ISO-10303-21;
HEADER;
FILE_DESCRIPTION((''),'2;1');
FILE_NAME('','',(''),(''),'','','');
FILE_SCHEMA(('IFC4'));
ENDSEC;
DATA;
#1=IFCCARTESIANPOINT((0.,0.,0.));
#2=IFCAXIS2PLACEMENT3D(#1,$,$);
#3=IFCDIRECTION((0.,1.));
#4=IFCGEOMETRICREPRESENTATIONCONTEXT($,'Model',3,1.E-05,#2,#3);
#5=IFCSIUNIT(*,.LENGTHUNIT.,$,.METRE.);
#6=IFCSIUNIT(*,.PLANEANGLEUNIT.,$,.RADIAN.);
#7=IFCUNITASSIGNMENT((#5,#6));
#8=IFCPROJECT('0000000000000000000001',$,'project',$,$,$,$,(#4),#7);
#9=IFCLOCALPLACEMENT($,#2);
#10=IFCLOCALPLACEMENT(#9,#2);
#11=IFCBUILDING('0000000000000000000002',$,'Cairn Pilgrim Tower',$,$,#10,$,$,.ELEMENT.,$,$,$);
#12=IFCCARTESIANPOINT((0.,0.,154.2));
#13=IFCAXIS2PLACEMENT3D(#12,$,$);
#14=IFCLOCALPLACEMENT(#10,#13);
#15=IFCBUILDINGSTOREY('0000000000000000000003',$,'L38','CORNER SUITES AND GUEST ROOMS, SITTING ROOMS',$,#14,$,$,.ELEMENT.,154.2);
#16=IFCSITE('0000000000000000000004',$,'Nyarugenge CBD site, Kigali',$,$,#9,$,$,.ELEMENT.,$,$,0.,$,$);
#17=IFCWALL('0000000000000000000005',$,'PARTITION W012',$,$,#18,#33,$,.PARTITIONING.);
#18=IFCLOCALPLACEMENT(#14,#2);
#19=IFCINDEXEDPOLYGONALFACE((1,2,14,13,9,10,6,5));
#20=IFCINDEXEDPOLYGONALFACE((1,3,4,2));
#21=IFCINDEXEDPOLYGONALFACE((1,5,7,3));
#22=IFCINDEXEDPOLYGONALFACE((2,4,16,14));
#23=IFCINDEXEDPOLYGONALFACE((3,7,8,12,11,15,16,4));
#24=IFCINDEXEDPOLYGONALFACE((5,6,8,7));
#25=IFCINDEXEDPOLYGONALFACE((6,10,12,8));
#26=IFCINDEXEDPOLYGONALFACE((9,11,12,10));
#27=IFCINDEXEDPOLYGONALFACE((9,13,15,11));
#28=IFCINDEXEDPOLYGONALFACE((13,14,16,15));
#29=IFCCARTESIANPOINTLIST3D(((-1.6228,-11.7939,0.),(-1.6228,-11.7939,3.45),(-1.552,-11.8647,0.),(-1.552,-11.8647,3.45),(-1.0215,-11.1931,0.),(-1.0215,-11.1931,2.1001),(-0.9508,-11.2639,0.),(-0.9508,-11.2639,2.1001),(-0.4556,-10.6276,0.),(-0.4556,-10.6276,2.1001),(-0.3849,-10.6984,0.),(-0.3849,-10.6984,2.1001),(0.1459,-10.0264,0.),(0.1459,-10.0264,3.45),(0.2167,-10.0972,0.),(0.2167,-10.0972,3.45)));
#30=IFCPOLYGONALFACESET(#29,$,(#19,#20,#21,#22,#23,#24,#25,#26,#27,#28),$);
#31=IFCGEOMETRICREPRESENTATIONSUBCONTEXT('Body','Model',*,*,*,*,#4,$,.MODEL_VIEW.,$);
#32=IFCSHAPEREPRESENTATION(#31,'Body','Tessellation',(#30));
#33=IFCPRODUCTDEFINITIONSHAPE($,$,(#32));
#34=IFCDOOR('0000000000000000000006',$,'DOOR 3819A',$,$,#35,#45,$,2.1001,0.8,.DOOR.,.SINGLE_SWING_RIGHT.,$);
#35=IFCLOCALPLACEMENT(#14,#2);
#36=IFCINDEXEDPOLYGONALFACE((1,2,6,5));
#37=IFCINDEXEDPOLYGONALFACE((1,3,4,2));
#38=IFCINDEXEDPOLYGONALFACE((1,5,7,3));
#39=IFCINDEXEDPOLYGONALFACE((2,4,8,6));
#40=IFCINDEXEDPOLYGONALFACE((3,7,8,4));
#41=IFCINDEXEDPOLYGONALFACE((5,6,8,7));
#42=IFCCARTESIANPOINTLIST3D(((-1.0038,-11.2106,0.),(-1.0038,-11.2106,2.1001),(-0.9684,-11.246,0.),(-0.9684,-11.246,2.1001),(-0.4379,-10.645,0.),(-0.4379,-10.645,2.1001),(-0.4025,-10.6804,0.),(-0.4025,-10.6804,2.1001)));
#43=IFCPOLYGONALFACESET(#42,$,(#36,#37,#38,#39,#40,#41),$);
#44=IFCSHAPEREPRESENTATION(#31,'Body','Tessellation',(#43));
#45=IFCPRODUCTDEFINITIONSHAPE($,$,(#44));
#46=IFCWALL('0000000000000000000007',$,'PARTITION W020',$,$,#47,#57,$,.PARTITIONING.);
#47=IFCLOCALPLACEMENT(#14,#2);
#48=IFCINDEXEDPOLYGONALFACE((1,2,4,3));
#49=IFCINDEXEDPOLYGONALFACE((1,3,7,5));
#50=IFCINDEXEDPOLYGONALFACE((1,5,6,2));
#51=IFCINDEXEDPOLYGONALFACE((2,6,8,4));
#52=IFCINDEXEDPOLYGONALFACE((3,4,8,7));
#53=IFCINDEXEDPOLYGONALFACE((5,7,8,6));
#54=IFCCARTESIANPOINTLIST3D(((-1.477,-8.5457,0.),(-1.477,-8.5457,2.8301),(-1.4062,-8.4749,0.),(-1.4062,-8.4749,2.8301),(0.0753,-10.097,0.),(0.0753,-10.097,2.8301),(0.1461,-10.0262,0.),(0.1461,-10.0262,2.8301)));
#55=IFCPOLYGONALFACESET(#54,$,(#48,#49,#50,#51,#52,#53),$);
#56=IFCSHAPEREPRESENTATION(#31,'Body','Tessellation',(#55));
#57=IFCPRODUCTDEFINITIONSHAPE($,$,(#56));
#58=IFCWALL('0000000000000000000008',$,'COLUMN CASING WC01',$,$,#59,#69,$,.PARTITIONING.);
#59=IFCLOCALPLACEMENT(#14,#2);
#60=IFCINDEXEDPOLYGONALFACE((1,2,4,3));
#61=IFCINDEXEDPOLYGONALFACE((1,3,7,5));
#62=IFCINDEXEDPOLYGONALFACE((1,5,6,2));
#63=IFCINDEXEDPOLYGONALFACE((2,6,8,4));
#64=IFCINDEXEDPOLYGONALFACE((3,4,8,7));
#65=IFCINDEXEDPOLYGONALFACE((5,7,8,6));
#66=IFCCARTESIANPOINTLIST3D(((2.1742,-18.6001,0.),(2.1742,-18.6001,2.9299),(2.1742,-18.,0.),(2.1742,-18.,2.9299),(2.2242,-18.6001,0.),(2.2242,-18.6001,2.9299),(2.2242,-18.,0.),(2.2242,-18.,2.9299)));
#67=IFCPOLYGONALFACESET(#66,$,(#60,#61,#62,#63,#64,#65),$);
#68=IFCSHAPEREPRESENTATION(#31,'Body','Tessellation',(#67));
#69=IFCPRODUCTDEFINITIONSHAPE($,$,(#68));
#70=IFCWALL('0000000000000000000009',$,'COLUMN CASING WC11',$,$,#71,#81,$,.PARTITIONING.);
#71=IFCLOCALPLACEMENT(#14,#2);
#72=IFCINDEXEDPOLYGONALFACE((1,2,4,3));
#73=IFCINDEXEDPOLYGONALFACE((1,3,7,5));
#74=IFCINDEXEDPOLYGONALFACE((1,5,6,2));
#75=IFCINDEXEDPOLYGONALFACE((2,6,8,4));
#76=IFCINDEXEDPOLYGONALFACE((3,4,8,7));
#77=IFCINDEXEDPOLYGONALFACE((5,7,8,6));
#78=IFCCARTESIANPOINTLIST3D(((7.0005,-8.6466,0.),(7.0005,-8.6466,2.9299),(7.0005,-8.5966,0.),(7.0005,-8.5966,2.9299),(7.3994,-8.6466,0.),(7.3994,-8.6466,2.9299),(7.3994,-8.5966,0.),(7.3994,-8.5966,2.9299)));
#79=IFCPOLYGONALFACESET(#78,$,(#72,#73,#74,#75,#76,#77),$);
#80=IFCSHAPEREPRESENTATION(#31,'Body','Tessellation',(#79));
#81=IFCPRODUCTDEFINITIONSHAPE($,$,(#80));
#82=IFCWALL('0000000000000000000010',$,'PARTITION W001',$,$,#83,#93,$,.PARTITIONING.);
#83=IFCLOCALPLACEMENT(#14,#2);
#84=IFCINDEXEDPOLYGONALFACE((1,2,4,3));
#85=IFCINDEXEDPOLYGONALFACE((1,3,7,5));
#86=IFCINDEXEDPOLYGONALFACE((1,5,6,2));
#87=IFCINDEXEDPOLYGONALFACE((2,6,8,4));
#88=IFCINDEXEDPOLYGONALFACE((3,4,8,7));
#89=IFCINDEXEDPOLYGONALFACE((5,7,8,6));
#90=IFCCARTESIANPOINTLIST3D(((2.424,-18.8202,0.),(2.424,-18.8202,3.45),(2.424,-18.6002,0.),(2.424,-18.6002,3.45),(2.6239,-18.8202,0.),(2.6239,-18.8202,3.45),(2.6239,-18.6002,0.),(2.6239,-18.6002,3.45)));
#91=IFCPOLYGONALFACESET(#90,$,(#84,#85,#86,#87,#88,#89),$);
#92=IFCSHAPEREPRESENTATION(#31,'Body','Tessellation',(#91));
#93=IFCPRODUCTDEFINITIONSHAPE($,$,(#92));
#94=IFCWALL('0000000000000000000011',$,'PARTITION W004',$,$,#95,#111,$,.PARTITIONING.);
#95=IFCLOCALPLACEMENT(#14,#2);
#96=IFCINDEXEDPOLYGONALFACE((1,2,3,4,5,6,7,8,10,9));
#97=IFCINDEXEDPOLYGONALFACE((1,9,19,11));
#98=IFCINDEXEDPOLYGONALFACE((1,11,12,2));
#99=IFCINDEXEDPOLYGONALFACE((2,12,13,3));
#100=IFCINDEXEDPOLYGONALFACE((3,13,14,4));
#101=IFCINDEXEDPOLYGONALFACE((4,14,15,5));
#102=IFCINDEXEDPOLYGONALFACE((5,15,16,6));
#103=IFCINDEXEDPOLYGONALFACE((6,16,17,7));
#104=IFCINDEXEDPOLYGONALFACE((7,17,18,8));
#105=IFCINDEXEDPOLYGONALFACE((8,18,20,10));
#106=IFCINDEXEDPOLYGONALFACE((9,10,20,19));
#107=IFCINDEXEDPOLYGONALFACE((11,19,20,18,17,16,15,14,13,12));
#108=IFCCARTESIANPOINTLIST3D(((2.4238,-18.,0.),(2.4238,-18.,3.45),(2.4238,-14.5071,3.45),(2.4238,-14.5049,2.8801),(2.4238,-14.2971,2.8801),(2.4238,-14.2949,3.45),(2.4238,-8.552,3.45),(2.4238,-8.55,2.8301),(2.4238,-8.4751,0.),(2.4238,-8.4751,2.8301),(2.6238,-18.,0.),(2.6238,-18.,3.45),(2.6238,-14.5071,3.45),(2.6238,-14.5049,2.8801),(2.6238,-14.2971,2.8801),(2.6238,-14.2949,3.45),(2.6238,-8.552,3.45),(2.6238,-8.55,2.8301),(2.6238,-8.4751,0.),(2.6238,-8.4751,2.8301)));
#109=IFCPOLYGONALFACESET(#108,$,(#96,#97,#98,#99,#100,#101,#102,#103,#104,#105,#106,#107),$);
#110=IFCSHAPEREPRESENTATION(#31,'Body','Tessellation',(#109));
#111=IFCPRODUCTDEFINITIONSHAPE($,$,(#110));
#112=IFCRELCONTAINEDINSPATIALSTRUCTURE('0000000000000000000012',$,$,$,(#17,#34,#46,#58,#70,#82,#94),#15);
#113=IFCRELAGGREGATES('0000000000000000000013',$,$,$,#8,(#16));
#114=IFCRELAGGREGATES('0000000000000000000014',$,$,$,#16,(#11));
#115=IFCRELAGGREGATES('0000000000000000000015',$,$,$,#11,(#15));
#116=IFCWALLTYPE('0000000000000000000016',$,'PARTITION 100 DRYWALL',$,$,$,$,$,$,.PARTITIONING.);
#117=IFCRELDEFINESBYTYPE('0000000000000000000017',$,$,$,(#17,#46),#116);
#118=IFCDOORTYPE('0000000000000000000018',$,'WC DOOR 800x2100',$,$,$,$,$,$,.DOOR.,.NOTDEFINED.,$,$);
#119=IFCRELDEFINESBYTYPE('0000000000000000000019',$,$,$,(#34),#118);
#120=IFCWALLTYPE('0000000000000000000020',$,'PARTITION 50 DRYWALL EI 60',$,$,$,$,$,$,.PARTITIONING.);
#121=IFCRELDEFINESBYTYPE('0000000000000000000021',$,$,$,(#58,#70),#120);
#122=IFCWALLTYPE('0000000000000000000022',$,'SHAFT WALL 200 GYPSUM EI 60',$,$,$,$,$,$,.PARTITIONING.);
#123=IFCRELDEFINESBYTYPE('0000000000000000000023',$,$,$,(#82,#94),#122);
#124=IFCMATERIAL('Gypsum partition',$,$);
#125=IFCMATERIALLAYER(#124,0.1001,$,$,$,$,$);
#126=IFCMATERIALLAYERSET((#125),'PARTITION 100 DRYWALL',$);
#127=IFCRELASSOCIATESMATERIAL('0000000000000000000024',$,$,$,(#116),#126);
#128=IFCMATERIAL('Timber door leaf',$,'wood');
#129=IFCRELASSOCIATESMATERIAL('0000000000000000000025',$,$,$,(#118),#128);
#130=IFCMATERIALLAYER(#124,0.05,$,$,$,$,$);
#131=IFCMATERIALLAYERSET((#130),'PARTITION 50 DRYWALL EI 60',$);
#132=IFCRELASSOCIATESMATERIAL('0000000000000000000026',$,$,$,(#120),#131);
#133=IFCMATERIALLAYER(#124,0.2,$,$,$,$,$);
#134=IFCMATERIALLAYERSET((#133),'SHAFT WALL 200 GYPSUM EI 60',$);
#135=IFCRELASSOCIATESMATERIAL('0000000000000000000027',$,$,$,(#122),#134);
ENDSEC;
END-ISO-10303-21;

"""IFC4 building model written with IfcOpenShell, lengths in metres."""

from ifc_helpers import new_model, si_unit, direction, frame, frame_2d, origin, place, context, subcontext, project, spatial, polyline, rectangle, outline, extrude, material, layer, layer_set, type_object, element, fill, save


model = new_model("IFC4")

# Units and contexts
model_context = context("Model", 3, precision=1e-05, world=origin(), true_north=direction((0.0, 1.0)))
body_context = subcontext(model_context, "Body", "Model", "MODEL_VIEW")
ifc_project = project(units=[si_unit("LENGTHUNIT", "METRE"), si_unit("PLANEANGLEUNIT", "RADIAN")], contexts=[model_context])

# Site, building, storey
site_placement = place(None, origin())
site = spatial("IfcSite", under=ifc_project, at=site_placement, Name="Nyarugenge CBD site, Kigali", CompositionType="ELEMENT", RefElevation=0.0)
building_placement = place(site_placement, origin())
building = spatial("IfcBuilding", under=site, at=building_placement, Name="Cairn Pilgrim Tower", CompositionType="ELEMENT")
storey_placement = place(building_placement, frame((0.0, 0.0, 154.2)))
storey = spatial("IfcBuildingStorey", under=building, at=storey_placement, Name="L38", Description="CORNER SUITES AND GUEST ROOMS, SITTING ROOMS", CompositionType="ELEMENT", Elevation=154.2)

# Shared definitions
ifc_material_1 = material(Name="Gypsum partition")
ifc_layer_1 = layer(ifc_material_1, 0.1001)
ifc_layer_set_1 = layer_set([ifc_layer_1], Name="PARTITION 100 DRYWALL")
wall_type_1 = type_object("IfcWallType", Name="PARTITION 100 DRYWALL", PredefinedType="PARTITIONING", material=ifc_layer_set_1)
ifc_material_2 = material(Name="Timber door leaf", Category="wood")

# Wall, opening, door
wall_1_placement = place(storey_placement, frame((-1.5874, -11.8293, 0.0), z_axis=(0.0, 0.0, 1.0), x_axis=(0.707351, 0.706863, 0.0)))
wall_1 = element("IfcWall", 1, at=wall_1_placement, inside=storey, type_object=wall_type_1, Name="PARTITION W012", PredefinedType="PARTITIONING", context=body_context, shape_type="SweptSolid", body=[
    extrude(rectangle(XDim=2.5005, YDim=0.1001, at=frame_2d((1.2502, 0.0))), origin(), (0.0, 0.0, 1.0), 3.45),
])
opening_1_placement = place(wall_1_placement, frame((0.8501, 0.0, 0.0)))
opening_1 = element("IfcOpeningElement", 2, at=opening_1_placement, cuts=wall_1, PredefinedType="OPENING", context=body_context, shape_type="SweptSolid", body=[
    extrude(rectangle(XDim=0.8, YDim=2.1001, at=frame_2d((0.3999, 1.05))), frame((0.0, 0.0601, 0.0), z_axis=(0.0, -1.0, 0.0), x_axis=(1.0, 0.0, 0.0)), (0.0, 0.0, 1.0), 0.1201),
])
door_type_1 = type_object("IfcDoorType", Name="WC DOOR 800x2100", OperationType="NOTDEFINED", PredefinedType="DOOR", material=ifc_material_2)
door_1_placement = place(opening_1_placement, frame((0.8, 0.0, 0.0), z_axis=(0.0, 0.0, 1.0), x_axis=(-1.0, 0.0, 0.0)))
door_1 = element("IfcDoor", 3, at=door_1_placement, inside=storey, type_object=door_type_1, Name="DOOR 3819A", OperationType="SINGLE_SWING_RIGHT", OverallHeight=2.1001, OverallWidth=0.8, PredefinedType="DOOR", context=body_context, shape_type="SweptSolid", body=[
    extrude(rectangle(XDim=0.8, YDim=2.1001, at=frame_2d((0.3999, 1.05))), frame((0.0, 0.0249, 0.0), z_axis=(0.0, -1.0, 0.0), x_axis=(1.0, 0.0, 0.0)), (0.0, 0.0, 1.0), 0.05),
])
fill(opening_1, door_1)

# Walls
wall_2_placement = place(storey_placement, frame((0.1106, -10.0615, 0.0), z_axis=(0.0, 0.0, 1.0), x_axis=(-0.707329, 0.706884, 0.0)))
element("IfcWall", 4, at=wall_2_placement, inside=storey, type_object=wall_type_1, Name="PARTITION W020", PredefinedType="PARTITIONING", context=body_context, shape_type="SweptSolid", body=[
    extrude(rectangle(XDim=2.1946, YDim=0.1001, at=frame_2d((1.0972, 0.0))), origin(), (0.0, 0.0, 1.0), 2.8301),
])
ifc_layer_2 = layer(ifc_material_1, 0.05)
ifc_layer_set_2 = layer_set([ifc_layer_2], Name="PARTITION 50 DRYWALL EI 60")
wall_type_2 = type_object("IfcWallType", Name="PARTITION 50 DRYWALL EI 60", PredefinedType="PARTITIONING", material=ifc_layer_set_2)
wall_3_placement = place(storey_placement, frame((2.1992, -18.6001, 0.0), z_axis=(0.0, 0.0, 1.0), x_axis=(0.0, 1.0, 0.0)))
element("IfcWall", 5, at=wall_3_placement, inside=storey, type_object=wall_type_2, Name="COLUMN CASING WC01", PredefinedType="PARTITIONING", context=body_context, shape_type="SweptSolid", body=[
    extrude(rectangle(XDim=0.6001, YDim=0.05, at=frame_2d((0.3, 0.0))), origin(), (0.0, 0.0, 1.0), 2.9299),
])
wall_4_placement = place(storey_placement, frame((7.0005, -8.6216, 0.0), z_axis=(0.0, 0.0, 1.0), x_axis=(1.0, 0.0, 0.0)))
element("IfcWall", 6, at=wall_4_placement, inside=storey, type_object=wall_type_2, Name="COLUMN CASING WC11", PredefinedType="PARTITIONING", context=body_context, shape_type="SweptSolid", body=[
    extrude(rectangle(XDim=0.3989, YDim=0.05, at=frame_2d((0.1995, 0.0))), origin(), (0.0, 0.0, 1.0), 2.9299),
])
ifc_layer_3 = layer(ifc_material_1, 0.2)
ifc_layer_set_3 = layer_set([ifc_layer_3], Name="SHAFT WALL 200 GYPSUM EI 60")
wall_type_3 = type_object("IfcWallType", Name="SHAFT WALL 200 GYPSUM EI 60", PredefinedType="PARTITIONING", material=ifc_layer_set_3)
wall_5_placement = place(storey_placement, frame((2.5239, -18.8201, 0.0), z_axis=(0.0, 0.0, 1.0), x_axis=(0.0, 1.0, 0.0)))
element("IfcWall", 7, at=wall_5_placement, inside=storey, type_object=wall_type_3, Name="PARTITION W001", PredefinedType="PARTITIONING", context=body_context, shape_type="SweptSolid", body=[
    extrude(rectangle(XDim=0.22, YDim=0.2, at=frame_2d((0.1099, 0.0))), origin(), (0.0, 0.0, 1.0), 3.45),
])
wall_6_placement = place(storey_placement, frame((2.5239, -18.0, 0.0), z_axis=(0.0, 0.0, 1.0), x_axis=(0.0, 1.0, 0.0)))
element("IfcWall", 8, at=wall_6_placement, inside=storey, type_object=wall_type_3, Name="PARTITION W004", PredefinedType="PARTITIONING", context=body_context, shape_type="SweptSolid", body=[
    extrude(outline(polyline([(0.0, 0.0), (9.5249, 0.0), (9.5249, 2.8301), (9.45, 2.8301), (9.448, 3.45), (3.7051, 3.45), (3.7029, 2.8801), (3.4951, 2.8801), (3.4929, 3.45), (0.0, 3.45), (0.0, 0.0)])), frame((0.0, 0.1001, 0.0), z_axis=(0.0, -1.0, 0.0), x_axis=(1.0, 0.0, 0.0)), (0.0, 0.0, 1.0), 0.2),
])

save(model, "model.ifc")
